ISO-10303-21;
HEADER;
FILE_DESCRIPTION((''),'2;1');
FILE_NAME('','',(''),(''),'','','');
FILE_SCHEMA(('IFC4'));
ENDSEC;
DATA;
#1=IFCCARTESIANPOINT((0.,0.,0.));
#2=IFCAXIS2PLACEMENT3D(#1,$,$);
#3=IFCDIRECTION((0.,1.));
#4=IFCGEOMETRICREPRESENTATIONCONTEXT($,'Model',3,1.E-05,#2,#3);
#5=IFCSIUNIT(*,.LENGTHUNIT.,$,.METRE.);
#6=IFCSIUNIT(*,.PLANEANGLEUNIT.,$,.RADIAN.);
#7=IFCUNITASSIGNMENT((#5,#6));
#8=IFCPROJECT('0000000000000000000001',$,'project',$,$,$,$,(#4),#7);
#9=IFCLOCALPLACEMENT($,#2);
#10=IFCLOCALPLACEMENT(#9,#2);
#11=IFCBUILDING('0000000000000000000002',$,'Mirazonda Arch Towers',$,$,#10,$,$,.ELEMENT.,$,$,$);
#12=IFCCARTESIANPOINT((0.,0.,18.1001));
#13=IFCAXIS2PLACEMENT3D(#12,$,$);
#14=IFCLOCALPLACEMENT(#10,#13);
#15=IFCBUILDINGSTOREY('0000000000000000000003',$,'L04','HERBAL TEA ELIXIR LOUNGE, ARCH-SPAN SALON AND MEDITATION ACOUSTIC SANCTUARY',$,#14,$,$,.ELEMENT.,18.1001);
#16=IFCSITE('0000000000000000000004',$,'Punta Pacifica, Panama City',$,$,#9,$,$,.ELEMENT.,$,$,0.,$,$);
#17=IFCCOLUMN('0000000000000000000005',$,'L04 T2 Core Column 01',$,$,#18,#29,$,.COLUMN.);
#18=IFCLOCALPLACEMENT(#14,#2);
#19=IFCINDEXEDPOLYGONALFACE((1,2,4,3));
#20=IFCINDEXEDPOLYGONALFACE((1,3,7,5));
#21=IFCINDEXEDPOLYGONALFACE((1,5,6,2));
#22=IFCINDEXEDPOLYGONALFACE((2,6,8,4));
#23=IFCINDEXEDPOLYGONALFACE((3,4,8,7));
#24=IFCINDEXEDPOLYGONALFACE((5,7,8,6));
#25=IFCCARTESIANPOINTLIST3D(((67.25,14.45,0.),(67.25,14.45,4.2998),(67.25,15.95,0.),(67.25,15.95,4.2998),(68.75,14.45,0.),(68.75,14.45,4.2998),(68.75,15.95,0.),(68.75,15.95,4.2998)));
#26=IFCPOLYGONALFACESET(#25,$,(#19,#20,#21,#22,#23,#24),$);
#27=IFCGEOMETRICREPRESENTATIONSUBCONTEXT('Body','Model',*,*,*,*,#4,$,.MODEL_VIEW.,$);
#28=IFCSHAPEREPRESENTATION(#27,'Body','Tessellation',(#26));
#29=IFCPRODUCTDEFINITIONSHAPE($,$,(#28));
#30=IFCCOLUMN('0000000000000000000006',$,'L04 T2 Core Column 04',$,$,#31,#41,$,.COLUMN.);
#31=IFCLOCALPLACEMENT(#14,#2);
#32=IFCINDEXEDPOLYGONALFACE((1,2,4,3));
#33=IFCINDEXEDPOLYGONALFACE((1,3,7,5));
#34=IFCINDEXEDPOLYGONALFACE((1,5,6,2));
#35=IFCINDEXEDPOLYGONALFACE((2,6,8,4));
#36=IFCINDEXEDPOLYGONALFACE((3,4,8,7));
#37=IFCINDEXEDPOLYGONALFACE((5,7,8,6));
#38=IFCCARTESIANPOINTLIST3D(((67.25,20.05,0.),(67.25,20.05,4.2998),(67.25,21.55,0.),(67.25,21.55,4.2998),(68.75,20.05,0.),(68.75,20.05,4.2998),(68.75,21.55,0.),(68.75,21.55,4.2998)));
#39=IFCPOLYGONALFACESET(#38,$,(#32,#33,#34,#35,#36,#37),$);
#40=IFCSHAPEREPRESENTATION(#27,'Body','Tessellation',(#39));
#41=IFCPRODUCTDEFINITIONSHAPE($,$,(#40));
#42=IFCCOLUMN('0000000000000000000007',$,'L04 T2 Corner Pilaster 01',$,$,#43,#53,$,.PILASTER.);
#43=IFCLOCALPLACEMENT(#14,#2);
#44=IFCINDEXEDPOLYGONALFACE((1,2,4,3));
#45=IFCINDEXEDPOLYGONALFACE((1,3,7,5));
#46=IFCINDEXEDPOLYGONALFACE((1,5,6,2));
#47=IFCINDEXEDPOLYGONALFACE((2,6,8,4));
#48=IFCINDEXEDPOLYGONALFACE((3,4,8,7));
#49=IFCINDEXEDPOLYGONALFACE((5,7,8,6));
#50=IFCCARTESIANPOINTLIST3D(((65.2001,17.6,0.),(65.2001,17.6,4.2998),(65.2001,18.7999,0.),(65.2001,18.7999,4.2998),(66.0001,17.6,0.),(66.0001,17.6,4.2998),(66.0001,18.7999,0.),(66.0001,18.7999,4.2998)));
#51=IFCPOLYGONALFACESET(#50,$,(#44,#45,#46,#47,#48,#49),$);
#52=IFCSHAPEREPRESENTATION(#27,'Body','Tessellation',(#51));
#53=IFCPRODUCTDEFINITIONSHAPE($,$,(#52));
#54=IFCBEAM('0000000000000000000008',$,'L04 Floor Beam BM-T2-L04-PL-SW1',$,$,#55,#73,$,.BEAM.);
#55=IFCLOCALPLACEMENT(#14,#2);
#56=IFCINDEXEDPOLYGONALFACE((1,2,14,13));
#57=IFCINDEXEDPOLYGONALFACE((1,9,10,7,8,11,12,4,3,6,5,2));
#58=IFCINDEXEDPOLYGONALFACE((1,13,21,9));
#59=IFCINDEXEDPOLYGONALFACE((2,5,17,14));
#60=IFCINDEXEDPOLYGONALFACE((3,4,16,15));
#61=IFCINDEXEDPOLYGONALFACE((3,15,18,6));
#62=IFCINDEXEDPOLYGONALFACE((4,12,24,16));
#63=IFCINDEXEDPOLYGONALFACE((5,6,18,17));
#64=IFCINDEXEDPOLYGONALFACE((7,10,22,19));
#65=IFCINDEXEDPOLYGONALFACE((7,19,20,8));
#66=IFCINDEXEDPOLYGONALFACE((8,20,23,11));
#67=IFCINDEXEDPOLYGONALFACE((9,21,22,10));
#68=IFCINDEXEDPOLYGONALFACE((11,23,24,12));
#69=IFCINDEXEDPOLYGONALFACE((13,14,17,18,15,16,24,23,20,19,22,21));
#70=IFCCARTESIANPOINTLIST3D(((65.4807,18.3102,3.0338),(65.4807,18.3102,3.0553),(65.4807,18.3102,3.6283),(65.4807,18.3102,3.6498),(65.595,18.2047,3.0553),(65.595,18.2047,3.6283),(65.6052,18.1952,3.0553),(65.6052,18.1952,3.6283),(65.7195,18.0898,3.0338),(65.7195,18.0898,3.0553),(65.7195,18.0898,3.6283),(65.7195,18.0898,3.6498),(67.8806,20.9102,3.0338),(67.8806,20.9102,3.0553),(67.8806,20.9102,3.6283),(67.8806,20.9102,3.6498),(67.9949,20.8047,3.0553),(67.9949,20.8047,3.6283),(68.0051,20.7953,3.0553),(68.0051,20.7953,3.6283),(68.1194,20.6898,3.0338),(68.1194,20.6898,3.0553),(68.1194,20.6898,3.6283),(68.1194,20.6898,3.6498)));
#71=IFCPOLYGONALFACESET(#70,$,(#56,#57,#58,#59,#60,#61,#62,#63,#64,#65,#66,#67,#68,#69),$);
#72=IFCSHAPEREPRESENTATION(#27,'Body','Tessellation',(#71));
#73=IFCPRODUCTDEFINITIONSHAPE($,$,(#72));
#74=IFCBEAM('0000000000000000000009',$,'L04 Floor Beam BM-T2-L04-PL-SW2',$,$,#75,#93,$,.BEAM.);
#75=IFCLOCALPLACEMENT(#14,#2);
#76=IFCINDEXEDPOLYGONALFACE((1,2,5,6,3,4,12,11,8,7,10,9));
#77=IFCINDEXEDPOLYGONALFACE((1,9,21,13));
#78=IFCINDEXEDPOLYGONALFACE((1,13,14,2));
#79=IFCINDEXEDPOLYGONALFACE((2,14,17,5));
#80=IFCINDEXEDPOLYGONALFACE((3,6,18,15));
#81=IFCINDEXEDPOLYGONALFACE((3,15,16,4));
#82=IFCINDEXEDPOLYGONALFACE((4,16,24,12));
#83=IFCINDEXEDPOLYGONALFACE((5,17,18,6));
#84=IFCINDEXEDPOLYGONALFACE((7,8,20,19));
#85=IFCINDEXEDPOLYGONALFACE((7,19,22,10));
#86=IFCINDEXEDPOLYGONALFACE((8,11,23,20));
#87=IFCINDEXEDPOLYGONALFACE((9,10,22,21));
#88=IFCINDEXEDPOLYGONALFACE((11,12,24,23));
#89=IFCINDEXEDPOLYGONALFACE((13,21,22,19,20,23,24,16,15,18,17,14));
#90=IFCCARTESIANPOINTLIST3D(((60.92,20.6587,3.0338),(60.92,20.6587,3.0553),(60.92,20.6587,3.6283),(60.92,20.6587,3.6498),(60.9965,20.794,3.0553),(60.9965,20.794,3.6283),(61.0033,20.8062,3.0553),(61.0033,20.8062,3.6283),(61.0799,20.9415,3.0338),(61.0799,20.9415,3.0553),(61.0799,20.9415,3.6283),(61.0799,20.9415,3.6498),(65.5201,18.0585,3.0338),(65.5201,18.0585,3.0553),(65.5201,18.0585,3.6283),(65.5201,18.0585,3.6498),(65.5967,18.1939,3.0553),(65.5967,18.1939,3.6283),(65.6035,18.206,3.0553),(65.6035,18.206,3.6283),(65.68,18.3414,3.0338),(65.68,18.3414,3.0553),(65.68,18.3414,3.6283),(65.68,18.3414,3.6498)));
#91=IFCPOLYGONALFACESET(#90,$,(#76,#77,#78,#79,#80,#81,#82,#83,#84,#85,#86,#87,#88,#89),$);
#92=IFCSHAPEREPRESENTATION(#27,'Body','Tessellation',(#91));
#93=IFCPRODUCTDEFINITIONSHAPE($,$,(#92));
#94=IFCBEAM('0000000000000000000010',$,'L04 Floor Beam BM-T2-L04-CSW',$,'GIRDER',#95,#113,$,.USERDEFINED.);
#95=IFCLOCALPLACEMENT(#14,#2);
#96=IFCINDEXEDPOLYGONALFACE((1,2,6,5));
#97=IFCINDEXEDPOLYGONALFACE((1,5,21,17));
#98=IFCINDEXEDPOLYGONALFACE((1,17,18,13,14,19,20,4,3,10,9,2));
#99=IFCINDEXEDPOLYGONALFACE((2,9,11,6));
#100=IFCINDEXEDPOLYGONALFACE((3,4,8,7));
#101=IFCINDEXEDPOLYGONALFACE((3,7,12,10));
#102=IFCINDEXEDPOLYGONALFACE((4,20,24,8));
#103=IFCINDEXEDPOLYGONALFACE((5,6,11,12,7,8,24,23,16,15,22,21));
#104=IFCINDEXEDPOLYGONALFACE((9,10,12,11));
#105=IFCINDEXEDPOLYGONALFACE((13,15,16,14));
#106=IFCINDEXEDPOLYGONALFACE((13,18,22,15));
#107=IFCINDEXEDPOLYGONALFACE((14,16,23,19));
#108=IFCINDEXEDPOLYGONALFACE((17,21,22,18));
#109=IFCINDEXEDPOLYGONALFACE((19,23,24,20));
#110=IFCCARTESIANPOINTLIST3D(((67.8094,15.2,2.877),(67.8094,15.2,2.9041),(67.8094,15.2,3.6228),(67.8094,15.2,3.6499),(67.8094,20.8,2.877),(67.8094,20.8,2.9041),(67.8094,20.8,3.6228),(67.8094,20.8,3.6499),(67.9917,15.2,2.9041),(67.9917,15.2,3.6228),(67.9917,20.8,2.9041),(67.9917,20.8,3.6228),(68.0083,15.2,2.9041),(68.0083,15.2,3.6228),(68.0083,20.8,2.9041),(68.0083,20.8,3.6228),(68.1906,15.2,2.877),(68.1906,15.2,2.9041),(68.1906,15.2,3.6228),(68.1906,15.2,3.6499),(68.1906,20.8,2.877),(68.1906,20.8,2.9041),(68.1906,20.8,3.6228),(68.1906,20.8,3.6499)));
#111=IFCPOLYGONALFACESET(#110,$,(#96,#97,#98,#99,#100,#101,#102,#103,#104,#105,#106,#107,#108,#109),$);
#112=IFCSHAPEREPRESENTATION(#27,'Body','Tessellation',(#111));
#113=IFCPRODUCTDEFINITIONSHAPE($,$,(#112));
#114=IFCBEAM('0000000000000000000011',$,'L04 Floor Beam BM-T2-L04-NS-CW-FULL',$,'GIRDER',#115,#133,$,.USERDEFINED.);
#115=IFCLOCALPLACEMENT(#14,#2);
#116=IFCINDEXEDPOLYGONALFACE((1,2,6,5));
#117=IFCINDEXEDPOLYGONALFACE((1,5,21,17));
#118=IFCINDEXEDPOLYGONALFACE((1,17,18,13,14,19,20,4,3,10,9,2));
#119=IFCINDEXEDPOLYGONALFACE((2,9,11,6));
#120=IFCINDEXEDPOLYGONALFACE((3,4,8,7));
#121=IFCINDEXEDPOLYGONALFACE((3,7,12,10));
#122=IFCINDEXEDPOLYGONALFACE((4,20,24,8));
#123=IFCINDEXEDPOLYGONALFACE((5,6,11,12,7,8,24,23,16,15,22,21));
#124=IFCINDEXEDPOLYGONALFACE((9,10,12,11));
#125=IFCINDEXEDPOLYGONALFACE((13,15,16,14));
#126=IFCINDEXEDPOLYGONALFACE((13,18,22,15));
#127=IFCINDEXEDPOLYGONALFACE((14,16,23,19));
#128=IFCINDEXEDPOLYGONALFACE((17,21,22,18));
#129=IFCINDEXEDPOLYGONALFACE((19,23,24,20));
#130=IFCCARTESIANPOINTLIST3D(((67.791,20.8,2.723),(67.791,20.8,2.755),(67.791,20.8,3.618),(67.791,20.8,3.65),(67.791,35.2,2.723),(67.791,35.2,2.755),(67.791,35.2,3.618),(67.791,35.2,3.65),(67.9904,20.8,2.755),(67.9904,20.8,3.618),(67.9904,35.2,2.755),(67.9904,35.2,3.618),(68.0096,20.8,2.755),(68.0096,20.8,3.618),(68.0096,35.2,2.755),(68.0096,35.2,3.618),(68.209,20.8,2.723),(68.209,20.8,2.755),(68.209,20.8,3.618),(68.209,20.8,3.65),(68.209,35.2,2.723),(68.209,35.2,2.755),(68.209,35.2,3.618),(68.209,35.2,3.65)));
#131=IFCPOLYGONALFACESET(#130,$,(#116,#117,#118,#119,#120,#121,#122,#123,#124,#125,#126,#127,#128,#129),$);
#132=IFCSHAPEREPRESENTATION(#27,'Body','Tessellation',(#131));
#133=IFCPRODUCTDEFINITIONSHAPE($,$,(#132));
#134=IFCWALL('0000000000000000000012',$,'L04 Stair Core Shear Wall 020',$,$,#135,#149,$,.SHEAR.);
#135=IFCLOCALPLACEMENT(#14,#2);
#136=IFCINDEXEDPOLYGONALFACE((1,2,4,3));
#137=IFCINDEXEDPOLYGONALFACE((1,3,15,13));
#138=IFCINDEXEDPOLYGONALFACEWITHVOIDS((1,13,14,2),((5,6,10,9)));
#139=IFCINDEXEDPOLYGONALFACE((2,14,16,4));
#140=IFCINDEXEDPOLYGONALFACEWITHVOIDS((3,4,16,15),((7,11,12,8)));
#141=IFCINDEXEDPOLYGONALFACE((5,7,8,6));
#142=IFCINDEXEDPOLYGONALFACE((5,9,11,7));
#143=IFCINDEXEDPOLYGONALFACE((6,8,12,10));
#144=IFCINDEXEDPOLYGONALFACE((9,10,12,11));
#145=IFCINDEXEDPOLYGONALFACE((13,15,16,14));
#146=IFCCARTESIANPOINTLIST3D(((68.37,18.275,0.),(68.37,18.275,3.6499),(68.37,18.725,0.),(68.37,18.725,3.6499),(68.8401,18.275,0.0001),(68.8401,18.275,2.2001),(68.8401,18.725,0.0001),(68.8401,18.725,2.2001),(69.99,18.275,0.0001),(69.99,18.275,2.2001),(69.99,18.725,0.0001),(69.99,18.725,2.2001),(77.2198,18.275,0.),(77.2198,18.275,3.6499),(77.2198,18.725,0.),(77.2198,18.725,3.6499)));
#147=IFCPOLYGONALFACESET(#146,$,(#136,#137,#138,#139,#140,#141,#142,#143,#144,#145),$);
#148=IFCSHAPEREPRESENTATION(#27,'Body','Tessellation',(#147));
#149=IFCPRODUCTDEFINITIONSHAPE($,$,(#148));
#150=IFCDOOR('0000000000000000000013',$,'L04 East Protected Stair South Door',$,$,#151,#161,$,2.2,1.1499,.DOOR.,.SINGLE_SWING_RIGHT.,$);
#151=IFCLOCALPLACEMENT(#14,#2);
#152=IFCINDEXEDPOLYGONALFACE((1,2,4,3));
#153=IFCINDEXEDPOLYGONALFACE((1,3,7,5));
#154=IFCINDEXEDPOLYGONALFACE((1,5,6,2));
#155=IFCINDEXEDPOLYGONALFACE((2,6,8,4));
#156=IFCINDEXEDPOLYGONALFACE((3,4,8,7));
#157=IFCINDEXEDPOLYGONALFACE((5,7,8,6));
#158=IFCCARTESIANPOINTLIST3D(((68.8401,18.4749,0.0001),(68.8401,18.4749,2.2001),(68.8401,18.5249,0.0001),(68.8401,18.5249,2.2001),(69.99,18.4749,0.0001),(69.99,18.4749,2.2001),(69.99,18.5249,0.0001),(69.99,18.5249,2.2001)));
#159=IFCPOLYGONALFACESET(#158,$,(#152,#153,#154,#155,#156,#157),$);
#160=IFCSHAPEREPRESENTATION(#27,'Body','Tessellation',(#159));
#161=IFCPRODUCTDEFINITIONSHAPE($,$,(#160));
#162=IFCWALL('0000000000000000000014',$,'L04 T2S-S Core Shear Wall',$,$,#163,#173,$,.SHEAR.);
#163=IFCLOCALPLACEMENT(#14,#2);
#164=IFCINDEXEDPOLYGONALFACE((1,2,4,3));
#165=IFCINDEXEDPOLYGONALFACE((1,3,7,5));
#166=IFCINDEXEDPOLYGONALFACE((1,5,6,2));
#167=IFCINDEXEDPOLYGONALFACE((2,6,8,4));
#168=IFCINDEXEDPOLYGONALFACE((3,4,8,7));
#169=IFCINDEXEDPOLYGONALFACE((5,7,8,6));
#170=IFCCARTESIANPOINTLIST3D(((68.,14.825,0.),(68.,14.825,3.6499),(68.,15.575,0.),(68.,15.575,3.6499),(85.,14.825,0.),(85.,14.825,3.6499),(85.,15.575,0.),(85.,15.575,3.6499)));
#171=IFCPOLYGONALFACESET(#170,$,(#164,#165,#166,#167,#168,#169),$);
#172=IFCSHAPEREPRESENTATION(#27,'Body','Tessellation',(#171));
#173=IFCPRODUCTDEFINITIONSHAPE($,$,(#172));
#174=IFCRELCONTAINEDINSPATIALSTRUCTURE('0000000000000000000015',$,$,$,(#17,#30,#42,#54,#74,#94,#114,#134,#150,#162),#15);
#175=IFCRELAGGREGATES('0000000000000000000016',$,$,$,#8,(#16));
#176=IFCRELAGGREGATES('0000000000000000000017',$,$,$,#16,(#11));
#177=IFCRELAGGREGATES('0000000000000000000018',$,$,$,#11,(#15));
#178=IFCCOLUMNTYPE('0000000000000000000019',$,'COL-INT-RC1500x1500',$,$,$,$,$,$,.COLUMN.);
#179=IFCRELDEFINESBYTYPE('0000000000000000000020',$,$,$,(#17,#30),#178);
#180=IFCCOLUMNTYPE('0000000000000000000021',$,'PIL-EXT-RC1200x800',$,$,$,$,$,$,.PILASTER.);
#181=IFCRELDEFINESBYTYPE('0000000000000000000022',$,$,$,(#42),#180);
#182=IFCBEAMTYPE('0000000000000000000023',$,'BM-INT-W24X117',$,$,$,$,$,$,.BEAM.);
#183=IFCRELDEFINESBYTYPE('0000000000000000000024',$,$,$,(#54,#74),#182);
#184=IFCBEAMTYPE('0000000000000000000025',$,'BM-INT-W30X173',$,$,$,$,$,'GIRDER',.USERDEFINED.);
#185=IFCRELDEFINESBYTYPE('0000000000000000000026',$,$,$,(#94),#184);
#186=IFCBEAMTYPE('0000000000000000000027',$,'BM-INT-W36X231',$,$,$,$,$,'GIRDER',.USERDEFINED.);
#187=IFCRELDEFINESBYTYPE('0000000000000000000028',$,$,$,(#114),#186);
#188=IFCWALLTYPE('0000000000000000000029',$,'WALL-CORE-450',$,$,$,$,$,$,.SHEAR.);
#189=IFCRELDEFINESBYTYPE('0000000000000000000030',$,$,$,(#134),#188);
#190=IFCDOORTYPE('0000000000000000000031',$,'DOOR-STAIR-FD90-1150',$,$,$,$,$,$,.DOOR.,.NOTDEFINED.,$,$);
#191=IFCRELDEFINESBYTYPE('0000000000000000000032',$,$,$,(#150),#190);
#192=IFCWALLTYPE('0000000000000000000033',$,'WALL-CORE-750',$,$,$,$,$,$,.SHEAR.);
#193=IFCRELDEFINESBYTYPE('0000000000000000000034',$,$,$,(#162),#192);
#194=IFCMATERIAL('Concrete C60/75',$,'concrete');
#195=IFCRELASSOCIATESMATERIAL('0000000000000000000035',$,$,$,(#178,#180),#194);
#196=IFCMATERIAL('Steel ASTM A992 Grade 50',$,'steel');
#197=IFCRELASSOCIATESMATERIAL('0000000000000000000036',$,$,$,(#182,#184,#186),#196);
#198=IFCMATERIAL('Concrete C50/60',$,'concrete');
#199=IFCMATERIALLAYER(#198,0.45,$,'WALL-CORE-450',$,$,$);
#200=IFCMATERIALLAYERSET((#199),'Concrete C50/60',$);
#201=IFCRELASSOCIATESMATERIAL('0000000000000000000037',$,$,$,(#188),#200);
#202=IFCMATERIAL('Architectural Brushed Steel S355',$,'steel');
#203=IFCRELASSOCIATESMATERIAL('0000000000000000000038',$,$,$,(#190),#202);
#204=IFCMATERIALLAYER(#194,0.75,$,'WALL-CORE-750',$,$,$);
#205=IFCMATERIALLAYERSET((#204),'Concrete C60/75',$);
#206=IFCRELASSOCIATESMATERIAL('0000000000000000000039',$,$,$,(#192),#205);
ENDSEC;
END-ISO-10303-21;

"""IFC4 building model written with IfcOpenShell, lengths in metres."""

from ifc_helpers import new_model, si_unit, direction, frame, frame_2d, origin, origin_2d, place, context, subcontext, project, spatial, rectangle, i_section, extrude, material, layer, layer_set, material_profile, profile_set, type_object, element, fill, save


model = new_model("IFC4")

# Units and contexts
model_context = context("Model", 3, precision=1e-05, world=origin(), true_north=direction((0.0, 1.0)))
body_context = subcontext(model_context, "Body", "Model", "MODEL_VIEW")
ifc_project = project(units=[si_unit("LENGTHUNIT", "METRE"), si_unit("PLANEANGLEUNIT", "RADIAN")], contexts=[model_context])

# Site, building, storey
site_placement = place(None, origin())
site = spatial("IfcSite", under=ifc_project, at=site_placement, Name="Punta Pacifica, Panama City", CompositionType="ELEMENT", RefElevation=0.0)
building_placement = place(site_placement, origin())
building = spatial("IfcBuilding", under=site, at=building_placement, Name="Mirazonda Arch Towers", CompositionType="ELEMENT")
storey_placement = place(building_placement, frame((0.0, 0.0, 18.1001)))
storey = spatial("IfcBuildingStorey", under=building, at=storey_placement, Name="L04", Description="HERBAL TEA ELIXIR LOUNGE, ARCH-SPAN SALON AND MEDITATION ACOUSTIC SANCTUARY", CompositionType="ELEMENT", Elevation=18.1001)

# Columns
ifc_material_1 = material(Name="Concrete C60/75", Category="concrete")
ifc_material_profile_1 = material_profile(ifc_material_1, rectangle(XDim=1.5, YDim=1.5, at=origin_2d()), Name="RC1500x1500")
ifc_profile_set_1 = profile_set([ifc_material_profile_1], Name="Concrete C60/75")
column_type_1 = type_object("IfcColumnType", Name="COL-INT-RC1500x1500", PredefinedType="COLUMN", material=ifc_profile_set_1)
for number, where, z_axis, x_axis, name in (
    (1, (68.0, 15.2, 0.0), (0.0, 0.0, 1.0), (1.0, 0.0, 0.0), "L04 T2 Core Column 01"),
    (2, (68.0, 20.8, 0.0), (0.0, 0.0, 1.0), (1.0, 0.0, 0.0), "L04 T2 Core Column 04"),
):
    element("IfcColumn", number, at=place(storey_placement, frame(where, z_axis=z_axis, x_axis=x_axis)), inside=storey, type_object=column_type_1, Name=name, PredefinedType="COLUMN", context=body_context, shape_type="SweptSolid", body=[
        extrude(rectangle(XDim=1.5, YDim=1.5, at=origin_2d()), origin(), (0.0, 0.0, 1.0), 4.2998),
    ])
ifc_material_profile_2 = material_profile(ifc_material_1, rectangle(XDim=0.8, YDim=1.2, at=origin_2d()), Name="RC1200x800")
ifc_profile_set_2 = profile_set([ifc_material_profile_2], Name="Concrete C60/75")
column_type_2 = type_object("IfcColumnType", Name="PIL-EXT-RC1200x800", PredefinedType="PILASTER", material=ifc_profile_set_2)
column_placement = place(storey_placement, frame((65.6001, 18.2, 0.0), z_axis=(0.0, 0.0, 1.0), x_axis=(1.0, 0.0, 0.0)))
element("IfcColumn", 3, at=column_placement, inside=storey, type_object=column_type_2, Name="L04 T2 Corner Pilaster 01", PredefinedType="PILASTER", context=body_context, shape_type="SweptSolid", body=[
    extrude(rectangle(XDim=0.8, YDim=1.2, at=origin_2d()), origin(), (0.0, 0.0, 1.0), 4.2998),
])

# Beams
ifc_material_2 = material(Name="Steel ASTM A992 Grade 50", Category="steel")
ifc_material_profile_3 = material_profile(ifc_material_2, i_section(OverallWidth=0.325, OverallDepth=0.616, WebThickness=0.0139, FlangeThickness=0.0215, at=origin_2d()), Name="W24X117")
ifc_profile_set_3 = profile_set([ifc_material_profile_3], Name="Steel ASTM A992 Grade 50")
beam_type_1 = type_object("IfcBeamType", Name="BM-INT-W24X117", PredefinedType="BEAM", material=ifc_profile_set_3)
beam_1_placement = place(storey_placement, frame((65.6001, 18.2, 3.3418), z_axis=(0.678251, 0.73483, 0.0), x_axis=(-0.73483, 0.678251, 0.0)))
element("IfcBeam", 4, at=beam_1_placement, inside=storey, type_object=beam_type_1, Name="L04 Floor Beam BM-T2-L04-PL-SW1", PredefinedType="BEAM", context=body_context, shape_type="SweptSolid", body=[
    extrude(i_section(OverallWidth=0.325, OverallDepth=0.616, WebThickness=0.0139, FlangeThickness=0.0215, at=origin_2d()), origin(), (0.0, 0.0, 1.0), 3.5383),
])
beam_2_placement = place(storey_placement, frame((65.6001, 18.2, 3.3418), z_axis=(-0.870559, 0.492063, 0.0), x_axis=(-0.492063, -0.870559, 0.0)))
element("IfcBeam", 5, at=beam_2_placement, inside=storey, type_object=beam_type_1, Name="L04 Floor Beam BM-T2-L04-PL-SW2", PredefinedType="BEAM", context=body_context, shape_type="SweptSolid", body=[
    extrude(i_section(OverallWidth=0.325, OverallDepth=0.616, WebThickness=0.0139, FlangeThickness=0.0215, at=origin_2d()), origin(), (0.0, 0.0, 1.0), 5.2842),
])
ifc_material_profile_4 = material_profile(ifc_material_2, i_section(OverallWidth=0.3811, OverallDepth=0.7729, WebThickness=0.0166, FlangeThickness=0.0271, at=origin_2d()), Name="W30X173")
ifc_profile_set_4 = profile_set([ifc_material_profile_4], Name="Steel ASTM A992 Grade 50")
beam_type_2 = type_object("IfcBeamType", Name="BM-INT-W30X173", ElementType="GIRDER", PredefinedType="USERDEFINED", material=ifc_profile_set_4)
beam_3_placement = place(storey_placement, frame((68.0, 15.2, 3.2634), z_axis=(0.0, 1.0, 0.0), x_axis=(-1.0, 0.0, 0.0)))
element("IfcBeam", 6, at=beam_3_placement, inside=storey, type_object=beam_type_2, Name="L04 Floor Beam BM-T2-L04-CSW", ObjectType="GIRDER", PredefinedType="USERDEFINED", context=body_context, shape_type="SweptSolid", body=[
    extrude(i_section(OverallWidth=0.3811, OverallDepth=0.7729, WebThickness=0.0166, FlangeThickness=0.0271, at=origin_2d()), origin(), (0.0, 0.0, 1.0), 5.6001),
])
ifc_material_profile_5 = material_profile(ifc_material_2, i_section(OverallWidth=0.418, OverallDepth=0.927, WebThickness=0.0193, FlangeThickness=0.032, at=origin_2d()), Name="W36X231")
ifc_profile_set_5 = profile_set([ifc_material_profile_5], Name="Steel ASTM A992 Grade 50")
beam_type_3 = type_object("IfcBeamType", Name="BM-INT-W36X231", ElementType="GIRDER", PredefinedType="USERDEFINED", material=ifc_profile_set_5)
beam_4_placement = place(storey_placement, frame((68.0, 20.8, 3.1865), z_axis=(0.0, 1.0, 0.0), x_axis=(-1.0, 0.0, 0.0)))
element("IfcBeam", 7, at=beam_4_placement, inside=storey, type_object=beam_type_3, Name="L04 Floor Beam BM-T2-L04-NS-CW-FULL", ObjectType="GIRDER", PredefinedType="USERDEFINED", context=body_context, shape_type="SweptSolid", body=[
    extrude(i_section(OverallWidth=0.418, OverallDepth=0.927, WebThickness=0.0193, FlangeThickness=0.032, at=origin_2d()), origin(), (0.0, 0.0, 1.0), 14.3999),
])

# Wall, opening, door
ifc_material_3 = material(Name="Concrete C50/60", Category="concrete")
ifc_layer_1 = layer(ifc_material_3, 0.45, Name="WALL-CORE-450")
ifc_layer_set_1 = layer_set([ifc_layer_1], Name="Concrete C50/60")
wall_type_1 = type_object("IfcWallType", Name="WALL-CORE-450", PredefinedType="SHEAR", material=ifc_layer_set_1)
wall_1_placement = place(storey_placement, frame((68.3701, 18.5, 0.0), z_axis=(0.0, 0.0, 1.0), x_axis=(1.0, 0.0, 0.0)))
wall_1 = element("IfcWall", 8, at=wall_1_placement, inside=storey, type_object=wall_type_1, Name="L04 Stair Core Shear Wall 020", PredefinedType="SHEAR", context=body_context, shape_type="SweptSolid", body=[
    extrude(rectangle(XDim=8.8499, YDim=0.45, at=frame_2d((4.4248, 0.0))), origin(), (0.0, 0.0, 1.0), 3.6499),
])
opening_1_placement = place(wall_1_placement, frame((0.47, 0.0, 0.0)))
opening_1 = element("IfcOpeningElement", 9, at=opening_1_placement, cuts=wall_1, PredefinedType="OPENING", context=body_context, shape_type="SweptSolid", body=[
    extrude(rectangle(XDim=1.1499, YDim=2.2, at=frame_2d((0.575, 1.1001))), frame((0.0, 0.2349, 0.0), z_axis=(0.0, -1.0, 0.0), x_axis=(1.0, 0.0, 0.0)), (0.0, 0.0, 1.0), 0.47),
])
ifc_material_4 = material(Name="Architectural Brushed Steel S355", Category="steel")
door_type_1 = type_object("IfcDoorType", Name="DOOR-STAIR-FD90-1150", OperationType="NOTDEFINED", PredefinedType="DOOR", material=ifc_material_4)
door_1_placement = place(opening_1_placement, origin())
door_1 = element("IfcDoor", 10, at=door_1_placement, inside=storey, type_object=door_type_1, Name="L04 East Protected Stair South Door", OperationType="SINGLE_SWING_RIGHT", OverallHeight=2.2, OverallWidth=1.1499, PredefinedType="DOOR", context=body_context, shape_type="SweptSolid", body=[
    extrude(rectangle(XDim=1.1499, YDim=2.2, at=frame_2d((0.575, 1.1001))), frame((0.0, 0.0249, 0.0), z_axis=(0.0, -1.0, 0.0), x_axis=(1.0, 0.0, 0.0)), (0.0, 0.0, 1.0), 0.05),
])
fill(opening_1, door_1)

# Wall
ifc_layer_2 = layer(ifc_material_1, 0.75, Name="WALL-CORE-750")
ifc_layer_set_2 = layer_set([ifc_layer_2], Name="Concrete C60/75")
wall_type_2 = type_object("IfcWallType", Name="WALL-CORE-750", PredefinedType="SHEAR", material=ifc_layer_set_2)
wall_2_placement = place(storey_placement, frame((68.0, 15.2, 0.0), z_axis=(0.0, 0.0, 1.0), x_axis=(1.0, 0.0, 0.0)))
element("IfcWall", 11, at=wall_2_placement, inside=storey, type_object=wall_type_2, Name="L04 T2S-S Core Shear Wall", PredefinedType="SHEAR", context=body_context, shape_type="SweptSolid", body=[
    extrude(rectangle(XDim=17.0, YDim=0.75, at=frame_2d((8.5, 0.0))), origin(), (0.0, 0.0, 1.0), 3.6499),
])

save(model, "model.ifc")
